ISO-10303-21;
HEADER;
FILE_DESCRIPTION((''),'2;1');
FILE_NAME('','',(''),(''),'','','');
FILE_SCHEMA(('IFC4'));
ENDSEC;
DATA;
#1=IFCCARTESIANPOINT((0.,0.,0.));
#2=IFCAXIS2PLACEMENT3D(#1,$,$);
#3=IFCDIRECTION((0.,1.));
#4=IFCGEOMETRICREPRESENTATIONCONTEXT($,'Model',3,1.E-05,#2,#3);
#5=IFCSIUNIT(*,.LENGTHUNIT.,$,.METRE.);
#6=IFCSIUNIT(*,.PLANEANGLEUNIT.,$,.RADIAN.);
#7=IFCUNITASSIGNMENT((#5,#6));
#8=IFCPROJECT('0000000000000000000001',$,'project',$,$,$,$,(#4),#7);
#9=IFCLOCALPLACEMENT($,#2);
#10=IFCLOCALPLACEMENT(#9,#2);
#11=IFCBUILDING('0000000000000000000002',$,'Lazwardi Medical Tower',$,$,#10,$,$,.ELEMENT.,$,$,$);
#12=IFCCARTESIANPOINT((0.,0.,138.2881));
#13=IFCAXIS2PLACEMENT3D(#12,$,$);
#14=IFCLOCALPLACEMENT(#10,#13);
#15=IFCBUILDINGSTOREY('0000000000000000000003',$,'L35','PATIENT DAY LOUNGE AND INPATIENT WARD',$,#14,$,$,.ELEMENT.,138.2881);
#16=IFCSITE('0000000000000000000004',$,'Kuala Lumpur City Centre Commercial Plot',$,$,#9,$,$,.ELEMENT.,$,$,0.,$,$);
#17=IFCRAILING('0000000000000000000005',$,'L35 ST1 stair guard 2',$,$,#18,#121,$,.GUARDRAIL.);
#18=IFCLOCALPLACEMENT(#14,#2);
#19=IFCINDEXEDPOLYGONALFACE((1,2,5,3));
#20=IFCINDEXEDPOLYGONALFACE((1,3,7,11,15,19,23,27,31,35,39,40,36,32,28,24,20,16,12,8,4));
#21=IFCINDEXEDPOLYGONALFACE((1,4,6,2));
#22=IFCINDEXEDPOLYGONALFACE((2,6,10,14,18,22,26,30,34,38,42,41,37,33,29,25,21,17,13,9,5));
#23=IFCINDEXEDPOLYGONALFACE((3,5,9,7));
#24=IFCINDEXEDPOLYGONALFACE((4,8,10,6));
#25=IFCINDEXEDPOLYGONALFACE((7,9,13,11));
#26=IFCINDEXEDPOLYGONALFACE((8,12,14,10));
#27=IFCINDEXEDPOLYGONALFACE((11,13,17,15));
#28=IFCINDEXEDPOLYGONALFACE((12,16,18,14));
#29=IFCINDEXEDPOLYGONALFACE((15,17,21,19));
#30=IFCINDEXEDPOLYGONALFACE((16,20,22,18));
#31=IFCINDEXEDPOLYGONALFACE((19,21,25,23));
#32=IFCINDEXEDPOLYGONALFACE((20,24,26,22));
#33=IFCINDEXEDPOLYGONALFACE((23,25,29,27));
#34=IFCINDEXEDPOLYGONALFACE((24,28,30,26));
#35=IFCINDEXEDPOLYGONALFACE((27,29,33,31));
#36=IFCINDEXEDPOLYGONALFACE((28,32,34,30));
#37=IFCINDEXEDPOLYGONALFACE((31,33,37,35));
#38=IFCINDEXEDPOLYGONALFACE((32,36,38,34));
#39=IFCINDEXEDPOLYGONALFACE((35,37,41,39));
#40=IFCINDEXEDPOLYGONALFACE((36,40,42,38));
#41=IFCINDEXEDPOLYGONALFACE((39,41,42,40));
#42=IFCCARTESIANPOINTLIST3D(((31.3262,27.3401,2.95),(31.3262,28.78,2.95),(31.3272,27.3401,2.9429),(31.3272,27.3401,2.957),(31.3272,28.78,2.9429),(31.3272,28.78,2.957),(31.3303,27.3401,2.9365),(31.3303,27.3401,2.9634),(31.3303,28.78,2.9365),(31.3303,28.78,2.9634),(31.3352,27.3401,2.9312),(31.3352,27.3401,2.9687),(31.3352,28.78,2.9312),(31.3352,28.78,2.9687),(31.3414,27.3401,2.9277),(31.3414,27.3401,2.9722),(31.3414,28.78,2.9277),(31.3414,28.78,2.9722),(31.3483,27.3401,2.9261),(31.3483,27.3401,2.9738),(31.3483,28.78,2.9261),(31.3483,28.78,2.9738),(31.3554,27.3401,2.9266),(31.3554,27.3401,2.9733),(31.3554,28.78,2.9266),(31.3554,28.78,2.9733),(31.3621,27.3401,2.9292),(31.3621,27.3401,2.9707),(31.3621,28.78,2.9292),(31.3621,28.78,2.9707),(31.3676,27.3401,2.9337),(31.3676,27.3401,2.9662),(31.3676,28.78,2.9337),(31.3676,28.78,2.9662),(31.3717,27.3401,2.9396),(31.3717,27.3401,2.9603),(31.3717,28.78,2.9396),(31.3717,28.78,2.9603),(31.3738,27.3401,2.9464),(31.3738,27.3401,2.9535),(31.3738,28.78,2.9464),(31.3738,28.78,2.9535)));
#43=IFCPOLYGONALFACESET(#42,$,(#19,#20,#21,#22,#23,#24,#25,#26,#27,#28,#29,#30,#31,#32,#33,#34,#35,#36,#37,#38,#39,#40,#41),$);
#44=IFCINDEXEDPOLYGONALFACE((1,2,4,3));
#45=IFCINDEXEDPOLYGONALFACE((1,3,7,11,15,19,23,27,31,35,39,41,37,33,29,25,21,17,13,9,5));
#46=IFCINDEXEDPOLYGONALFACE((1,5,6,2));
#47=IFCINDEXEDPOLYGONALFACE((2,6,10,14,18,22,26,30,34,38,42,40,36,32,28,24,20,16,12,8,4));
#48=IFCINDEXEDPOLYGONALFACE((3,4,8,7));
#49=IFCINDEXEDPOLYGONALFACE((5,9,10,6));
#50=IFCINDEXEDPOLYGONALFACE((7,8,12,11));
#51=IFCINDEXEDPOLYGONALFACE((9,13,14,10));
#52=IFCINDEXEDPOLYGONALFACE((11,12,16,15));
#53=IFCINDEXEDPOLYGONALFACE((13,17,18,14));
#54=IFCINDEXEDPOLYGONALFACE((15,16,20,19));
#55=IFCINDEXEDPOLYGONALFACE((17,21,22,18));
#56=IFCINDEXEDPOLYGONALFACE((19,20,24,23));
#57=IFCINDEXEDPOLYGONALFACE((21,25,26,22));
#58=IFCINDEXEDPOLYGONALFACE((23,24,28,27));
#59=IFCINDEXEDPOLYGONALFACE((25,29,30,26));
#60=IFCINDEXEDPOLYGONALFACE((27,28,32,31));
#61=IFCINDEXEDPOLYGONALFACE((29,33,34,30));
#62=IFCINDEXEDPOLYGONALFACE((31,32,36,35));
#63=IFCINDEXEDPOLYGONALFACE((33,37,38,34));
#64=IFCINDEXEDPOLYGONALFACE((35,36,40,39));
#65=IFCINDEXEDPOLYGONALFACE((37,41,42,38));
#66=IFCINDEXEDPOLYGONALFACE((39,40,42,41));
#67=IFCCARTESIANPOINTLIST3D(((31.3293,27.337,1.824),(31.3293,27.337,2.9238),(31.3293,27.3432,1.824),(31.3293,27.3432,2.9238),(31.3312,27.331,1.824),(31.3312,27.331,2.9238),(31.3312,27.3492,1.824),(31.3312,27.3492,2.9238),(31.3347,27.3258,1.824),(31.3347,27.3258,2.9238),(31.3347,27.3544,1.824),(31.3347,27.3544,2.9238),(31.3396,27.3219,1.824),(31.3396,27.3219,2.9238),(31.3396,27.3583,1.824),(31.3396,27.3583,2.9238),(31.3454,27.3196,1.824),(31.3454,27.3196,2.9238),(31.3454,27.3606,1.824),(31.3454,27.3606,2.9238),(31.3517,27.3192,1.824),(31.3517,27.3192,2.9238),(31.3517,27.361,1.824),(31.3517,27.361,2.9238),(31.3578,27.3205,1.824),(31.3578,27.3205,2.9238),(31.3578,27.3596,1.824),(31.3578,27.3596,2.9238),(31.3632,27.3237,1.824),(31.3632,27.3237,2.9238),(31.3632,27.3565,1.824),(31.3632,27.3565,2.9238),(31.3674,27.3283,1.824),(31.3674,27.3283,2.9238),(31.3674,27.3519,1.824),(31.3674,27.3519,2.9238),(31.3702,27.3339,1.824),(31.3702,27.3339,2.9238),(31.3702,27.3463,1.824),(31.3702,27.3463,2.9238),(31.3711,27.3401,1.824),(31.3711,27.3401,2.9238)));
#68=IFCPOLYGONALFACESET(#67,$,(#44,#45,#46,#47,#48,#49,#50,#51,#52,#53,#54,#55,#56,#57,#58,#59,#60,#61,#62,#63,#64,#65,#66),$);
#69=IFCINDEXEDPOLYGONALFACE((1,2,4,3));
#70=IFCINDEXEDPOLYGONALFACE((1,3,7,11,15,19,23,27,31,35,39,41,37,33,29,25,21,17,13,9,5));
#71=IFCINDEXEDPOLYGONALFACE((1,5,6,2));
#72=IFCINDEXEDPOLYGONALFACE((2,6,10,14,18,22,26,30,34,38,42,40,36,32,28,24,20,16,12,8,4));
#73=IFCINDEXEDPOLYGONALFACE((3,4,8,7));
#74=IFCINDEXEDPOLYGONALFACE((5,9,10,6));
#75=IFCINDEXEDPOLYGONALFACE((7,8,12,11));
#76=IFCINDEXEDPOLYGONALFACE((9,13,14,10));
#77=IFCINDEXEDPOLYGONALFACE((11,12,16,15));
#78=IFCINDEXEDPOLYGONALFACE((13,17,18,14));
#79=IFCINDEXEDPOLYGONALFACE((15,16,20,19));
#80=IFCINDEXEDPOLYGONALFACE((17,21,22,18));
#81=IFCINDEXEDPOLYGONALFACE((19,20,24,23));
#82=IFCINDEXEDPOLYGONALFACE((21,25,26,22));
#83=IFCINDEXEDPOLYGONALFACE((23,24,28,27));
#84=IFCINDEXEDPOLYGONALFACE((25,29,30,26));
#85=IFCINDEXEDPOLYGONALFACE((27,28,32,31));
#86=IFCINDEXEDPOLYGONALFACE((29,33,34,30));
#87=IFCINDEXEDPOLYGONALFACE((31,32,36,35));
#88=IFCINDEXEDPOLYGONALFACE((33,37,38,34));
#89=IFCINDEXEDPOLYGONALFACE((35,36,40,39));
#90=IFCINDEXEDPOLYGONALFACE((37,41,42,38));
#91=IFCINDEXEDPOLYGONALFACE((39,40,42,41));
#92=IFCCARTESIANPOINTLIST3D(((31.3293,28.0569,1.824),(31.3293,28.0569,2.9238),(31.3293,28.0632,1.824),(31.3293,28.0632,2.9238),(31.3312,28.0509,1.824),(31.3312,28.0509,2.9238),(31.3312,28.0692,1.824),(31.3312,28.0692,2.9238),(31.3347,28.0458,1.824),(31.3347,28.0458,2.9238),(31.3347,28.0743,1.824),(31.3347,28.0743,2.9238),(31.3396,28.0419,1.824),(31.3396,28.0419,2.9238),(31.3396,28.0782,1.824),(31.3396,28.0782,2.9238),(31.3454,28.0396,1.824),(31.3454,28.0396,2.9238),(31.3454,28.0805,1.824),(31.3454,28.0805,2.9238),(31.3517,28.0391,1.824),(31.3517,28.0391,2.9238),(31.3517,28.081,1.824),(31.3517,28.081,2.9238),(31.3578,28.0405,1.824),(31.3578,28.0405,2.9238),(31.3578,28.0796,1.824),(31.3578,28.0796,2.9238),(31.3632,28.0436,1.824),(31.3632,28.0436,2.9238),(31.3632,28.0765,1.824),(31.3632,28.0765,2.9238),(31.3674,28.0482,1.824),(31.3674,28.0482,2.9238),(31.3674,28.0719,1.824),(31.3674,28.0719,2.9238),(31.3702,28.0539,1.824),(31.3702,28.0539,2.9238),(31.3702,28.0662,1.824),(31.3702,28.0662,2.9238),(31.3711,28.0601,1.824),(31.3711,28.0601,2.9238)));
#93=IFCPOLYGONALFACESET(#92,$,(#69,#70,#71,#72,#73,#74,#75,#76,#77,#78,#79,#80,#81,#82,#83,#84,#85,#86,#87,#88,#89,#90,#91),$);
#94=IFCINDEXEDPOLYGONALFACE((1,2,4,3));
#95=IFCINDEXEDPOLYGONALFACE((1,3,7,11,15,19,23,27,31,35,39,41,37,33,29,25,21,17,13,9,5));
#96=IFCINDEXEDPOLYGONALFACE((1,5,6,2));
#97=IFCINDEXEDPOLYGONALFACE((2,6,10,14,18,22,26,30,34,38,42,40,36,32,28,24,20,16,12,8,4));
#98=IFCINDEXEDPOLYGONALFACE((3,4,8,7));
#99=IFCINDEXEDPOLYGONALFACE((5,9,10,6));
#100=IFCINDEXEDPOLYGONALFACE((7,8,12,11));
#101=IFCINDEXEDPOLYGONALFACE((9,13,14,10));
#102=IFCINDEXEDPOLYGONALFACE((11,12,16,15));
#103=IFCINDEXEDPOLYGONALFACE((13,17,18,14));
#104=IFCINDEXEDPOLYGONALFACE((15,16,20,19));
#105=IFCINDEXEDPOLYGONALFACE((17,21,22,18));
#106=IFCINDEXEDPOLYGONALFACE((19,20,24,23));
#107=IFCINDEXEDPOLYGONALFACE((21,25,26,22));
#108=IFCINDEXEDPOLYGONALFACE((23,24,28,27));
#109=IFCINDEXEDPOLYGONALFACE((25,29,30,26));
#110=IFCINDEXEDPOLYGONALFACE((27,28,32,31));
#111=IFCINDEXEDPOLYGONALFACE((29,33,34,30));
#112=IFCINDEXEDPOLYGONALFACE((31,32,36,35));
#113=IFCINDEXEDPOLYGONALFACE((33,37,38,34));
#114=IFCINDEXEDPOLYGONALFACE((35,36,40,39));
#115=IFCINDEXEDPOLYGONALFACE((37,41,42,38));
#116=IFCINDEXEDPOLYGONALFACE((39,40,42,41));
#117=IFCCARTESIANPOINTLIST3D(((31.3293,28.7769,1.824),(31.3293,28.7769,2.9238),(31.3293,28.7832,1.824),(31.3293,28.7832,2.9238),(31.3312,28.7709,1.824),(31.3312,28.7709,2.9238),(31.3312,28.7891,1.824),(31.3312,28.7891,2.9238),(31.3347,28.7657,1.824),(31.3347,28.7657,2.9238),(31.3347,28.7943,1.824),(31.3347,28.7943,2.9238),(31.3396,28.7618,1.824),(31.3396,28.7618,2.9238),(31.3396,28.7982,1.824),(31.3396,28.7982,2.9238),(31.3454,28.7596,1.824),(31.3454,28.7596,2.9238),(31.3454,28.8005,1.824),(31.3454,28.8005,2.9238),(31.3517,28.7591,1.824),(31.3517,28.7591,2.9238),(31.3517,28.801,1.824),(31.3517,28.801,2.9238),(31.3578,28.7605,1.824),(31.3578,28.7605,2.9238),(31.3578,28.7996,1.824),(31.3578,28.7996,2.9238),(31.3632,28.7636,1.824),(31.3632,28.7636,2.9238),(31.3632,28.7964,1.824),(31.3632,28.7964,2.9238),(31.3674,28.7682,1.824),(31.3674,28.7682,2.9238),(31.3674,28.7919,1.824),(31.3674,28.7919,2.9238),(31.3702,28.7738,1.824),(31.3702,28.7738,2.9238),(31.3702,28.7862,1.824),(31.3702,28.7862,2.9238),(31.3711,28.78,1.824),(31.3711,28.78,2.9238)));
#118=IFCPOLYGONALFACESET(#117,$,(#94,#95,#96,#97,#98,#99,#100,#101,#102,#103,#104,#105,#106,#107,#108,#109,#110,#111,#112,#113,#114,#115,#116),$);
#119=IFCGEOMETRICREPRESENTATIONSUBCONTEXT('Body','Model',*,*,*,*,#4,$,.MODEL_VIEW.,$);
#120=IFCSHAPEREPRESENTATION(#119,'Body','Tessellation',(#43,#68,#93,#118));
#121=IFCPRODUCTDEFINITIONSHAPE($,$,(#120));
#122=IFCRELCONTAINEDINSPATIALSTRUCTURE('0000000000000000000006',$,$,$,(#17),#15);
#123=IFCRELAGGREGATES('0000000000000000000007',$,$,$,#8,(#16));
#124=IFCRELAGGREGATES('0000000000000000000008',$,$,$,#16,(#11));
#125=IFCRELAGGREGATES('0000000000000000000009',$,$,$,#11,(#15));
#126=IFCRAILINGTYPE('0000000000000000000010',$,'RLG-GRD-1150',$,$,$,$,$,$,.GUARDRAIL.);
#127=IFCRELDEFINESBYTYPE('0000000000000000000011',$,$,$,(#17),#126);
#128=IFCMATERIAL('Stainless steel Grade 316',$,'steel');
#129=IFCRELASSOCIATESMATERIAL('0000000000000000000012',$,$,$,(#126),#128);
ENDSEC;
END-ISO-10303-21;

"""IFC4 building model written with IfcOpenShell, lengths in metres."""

from ifc_helpers import new_model, si_unit, direction, frame, origin, origin_2d, place, context, subcontext, project, spatial, circle, extrude, material, type_object, element, save


model = new_model("IFC4")

# Units and contexts
model_context = context("Model", 3, precision=1e-05, world=origin(), true_north=direction((0.0, 1.0)))
body_context = subcontext(model_context, "Body", "Model", "MODEL_VIEW")
ifc_project = project(units=[si_unit("LENGTHUNIT", "METRE"), si_unit("PLANEANGLEUNIT", "RADIAN")], contexts=[model_context])

# Site, building, storey
site_placement = place(None, origin())
site = spatial("IfcSite", under=ifc_project, at=site_placement, Name="Kuala Lumpur City Centre Commercial Plot", CompositionType="ELEMENT", RefElevation=0.0)
building_placement = place(site_placement, origin())
building = spatial("IfcBuilding", under=site, at=building_placement, Name="Lazwardi Medical Tower", CompositionType="ELEMENT")
storey_placement = place(building_placement, frame((0.0, 0.0, 138.2881)))
storey = spatial("IfcBuildingStorey", under=building, at=storey_placement, Name="L35", Description="PATIENT DAY LOUNGE AND INPATIENT WARD", CompositionType="ELEMENT", Elevation=138.2881)

# Railing
ifc_material_1 = material(Name="Stainless steel Grade 316", Category="steel")
railing_type_1 = type_object("IfcRailingType", Name="RLG-GRD-1150", PredefinedType="GUARDRAIL", material=ifc_material_1)
railing_1_placement = place(storey_placement, frame((31.3501, 27.3401, 1.824)))
element("IfcRailing", 1, at=railing_1_placement, inside=storey, type_object=railing_type_1, Name="L35 ST1 stair guard 2", PredefinedType="GUARDRAIL", context=body_context, shape_type="SweptSolid", body=[
    extrude(circle(Radius=0.0239, at=origin_2d()), frame((0.0, 0.0, 1.126), z_axis=(0.0, 1.0, 0.0), x_axis=(-1.0, 0.0, 0.0)), (0.0, 0.0, 1.0), 1.4399),
    extrude(circle(Radius=0.021, at=origin_2d()), origin(), (0.0, 0.0, 1.0), 1.0999),
    extrude(circle(Radius=0.021, at=origin_2d()), frame((0.0, 0.72, 0.0)), (0.0, 0.0, 1.0), 1.0999),
    extrude(circle(Radius=0.021, at=origin_2d()), frame((0.0, 1.4399, 0.0)), (0.0, 0.0, 1.0), 1.0999),
])

save(model, "model.ifc")
